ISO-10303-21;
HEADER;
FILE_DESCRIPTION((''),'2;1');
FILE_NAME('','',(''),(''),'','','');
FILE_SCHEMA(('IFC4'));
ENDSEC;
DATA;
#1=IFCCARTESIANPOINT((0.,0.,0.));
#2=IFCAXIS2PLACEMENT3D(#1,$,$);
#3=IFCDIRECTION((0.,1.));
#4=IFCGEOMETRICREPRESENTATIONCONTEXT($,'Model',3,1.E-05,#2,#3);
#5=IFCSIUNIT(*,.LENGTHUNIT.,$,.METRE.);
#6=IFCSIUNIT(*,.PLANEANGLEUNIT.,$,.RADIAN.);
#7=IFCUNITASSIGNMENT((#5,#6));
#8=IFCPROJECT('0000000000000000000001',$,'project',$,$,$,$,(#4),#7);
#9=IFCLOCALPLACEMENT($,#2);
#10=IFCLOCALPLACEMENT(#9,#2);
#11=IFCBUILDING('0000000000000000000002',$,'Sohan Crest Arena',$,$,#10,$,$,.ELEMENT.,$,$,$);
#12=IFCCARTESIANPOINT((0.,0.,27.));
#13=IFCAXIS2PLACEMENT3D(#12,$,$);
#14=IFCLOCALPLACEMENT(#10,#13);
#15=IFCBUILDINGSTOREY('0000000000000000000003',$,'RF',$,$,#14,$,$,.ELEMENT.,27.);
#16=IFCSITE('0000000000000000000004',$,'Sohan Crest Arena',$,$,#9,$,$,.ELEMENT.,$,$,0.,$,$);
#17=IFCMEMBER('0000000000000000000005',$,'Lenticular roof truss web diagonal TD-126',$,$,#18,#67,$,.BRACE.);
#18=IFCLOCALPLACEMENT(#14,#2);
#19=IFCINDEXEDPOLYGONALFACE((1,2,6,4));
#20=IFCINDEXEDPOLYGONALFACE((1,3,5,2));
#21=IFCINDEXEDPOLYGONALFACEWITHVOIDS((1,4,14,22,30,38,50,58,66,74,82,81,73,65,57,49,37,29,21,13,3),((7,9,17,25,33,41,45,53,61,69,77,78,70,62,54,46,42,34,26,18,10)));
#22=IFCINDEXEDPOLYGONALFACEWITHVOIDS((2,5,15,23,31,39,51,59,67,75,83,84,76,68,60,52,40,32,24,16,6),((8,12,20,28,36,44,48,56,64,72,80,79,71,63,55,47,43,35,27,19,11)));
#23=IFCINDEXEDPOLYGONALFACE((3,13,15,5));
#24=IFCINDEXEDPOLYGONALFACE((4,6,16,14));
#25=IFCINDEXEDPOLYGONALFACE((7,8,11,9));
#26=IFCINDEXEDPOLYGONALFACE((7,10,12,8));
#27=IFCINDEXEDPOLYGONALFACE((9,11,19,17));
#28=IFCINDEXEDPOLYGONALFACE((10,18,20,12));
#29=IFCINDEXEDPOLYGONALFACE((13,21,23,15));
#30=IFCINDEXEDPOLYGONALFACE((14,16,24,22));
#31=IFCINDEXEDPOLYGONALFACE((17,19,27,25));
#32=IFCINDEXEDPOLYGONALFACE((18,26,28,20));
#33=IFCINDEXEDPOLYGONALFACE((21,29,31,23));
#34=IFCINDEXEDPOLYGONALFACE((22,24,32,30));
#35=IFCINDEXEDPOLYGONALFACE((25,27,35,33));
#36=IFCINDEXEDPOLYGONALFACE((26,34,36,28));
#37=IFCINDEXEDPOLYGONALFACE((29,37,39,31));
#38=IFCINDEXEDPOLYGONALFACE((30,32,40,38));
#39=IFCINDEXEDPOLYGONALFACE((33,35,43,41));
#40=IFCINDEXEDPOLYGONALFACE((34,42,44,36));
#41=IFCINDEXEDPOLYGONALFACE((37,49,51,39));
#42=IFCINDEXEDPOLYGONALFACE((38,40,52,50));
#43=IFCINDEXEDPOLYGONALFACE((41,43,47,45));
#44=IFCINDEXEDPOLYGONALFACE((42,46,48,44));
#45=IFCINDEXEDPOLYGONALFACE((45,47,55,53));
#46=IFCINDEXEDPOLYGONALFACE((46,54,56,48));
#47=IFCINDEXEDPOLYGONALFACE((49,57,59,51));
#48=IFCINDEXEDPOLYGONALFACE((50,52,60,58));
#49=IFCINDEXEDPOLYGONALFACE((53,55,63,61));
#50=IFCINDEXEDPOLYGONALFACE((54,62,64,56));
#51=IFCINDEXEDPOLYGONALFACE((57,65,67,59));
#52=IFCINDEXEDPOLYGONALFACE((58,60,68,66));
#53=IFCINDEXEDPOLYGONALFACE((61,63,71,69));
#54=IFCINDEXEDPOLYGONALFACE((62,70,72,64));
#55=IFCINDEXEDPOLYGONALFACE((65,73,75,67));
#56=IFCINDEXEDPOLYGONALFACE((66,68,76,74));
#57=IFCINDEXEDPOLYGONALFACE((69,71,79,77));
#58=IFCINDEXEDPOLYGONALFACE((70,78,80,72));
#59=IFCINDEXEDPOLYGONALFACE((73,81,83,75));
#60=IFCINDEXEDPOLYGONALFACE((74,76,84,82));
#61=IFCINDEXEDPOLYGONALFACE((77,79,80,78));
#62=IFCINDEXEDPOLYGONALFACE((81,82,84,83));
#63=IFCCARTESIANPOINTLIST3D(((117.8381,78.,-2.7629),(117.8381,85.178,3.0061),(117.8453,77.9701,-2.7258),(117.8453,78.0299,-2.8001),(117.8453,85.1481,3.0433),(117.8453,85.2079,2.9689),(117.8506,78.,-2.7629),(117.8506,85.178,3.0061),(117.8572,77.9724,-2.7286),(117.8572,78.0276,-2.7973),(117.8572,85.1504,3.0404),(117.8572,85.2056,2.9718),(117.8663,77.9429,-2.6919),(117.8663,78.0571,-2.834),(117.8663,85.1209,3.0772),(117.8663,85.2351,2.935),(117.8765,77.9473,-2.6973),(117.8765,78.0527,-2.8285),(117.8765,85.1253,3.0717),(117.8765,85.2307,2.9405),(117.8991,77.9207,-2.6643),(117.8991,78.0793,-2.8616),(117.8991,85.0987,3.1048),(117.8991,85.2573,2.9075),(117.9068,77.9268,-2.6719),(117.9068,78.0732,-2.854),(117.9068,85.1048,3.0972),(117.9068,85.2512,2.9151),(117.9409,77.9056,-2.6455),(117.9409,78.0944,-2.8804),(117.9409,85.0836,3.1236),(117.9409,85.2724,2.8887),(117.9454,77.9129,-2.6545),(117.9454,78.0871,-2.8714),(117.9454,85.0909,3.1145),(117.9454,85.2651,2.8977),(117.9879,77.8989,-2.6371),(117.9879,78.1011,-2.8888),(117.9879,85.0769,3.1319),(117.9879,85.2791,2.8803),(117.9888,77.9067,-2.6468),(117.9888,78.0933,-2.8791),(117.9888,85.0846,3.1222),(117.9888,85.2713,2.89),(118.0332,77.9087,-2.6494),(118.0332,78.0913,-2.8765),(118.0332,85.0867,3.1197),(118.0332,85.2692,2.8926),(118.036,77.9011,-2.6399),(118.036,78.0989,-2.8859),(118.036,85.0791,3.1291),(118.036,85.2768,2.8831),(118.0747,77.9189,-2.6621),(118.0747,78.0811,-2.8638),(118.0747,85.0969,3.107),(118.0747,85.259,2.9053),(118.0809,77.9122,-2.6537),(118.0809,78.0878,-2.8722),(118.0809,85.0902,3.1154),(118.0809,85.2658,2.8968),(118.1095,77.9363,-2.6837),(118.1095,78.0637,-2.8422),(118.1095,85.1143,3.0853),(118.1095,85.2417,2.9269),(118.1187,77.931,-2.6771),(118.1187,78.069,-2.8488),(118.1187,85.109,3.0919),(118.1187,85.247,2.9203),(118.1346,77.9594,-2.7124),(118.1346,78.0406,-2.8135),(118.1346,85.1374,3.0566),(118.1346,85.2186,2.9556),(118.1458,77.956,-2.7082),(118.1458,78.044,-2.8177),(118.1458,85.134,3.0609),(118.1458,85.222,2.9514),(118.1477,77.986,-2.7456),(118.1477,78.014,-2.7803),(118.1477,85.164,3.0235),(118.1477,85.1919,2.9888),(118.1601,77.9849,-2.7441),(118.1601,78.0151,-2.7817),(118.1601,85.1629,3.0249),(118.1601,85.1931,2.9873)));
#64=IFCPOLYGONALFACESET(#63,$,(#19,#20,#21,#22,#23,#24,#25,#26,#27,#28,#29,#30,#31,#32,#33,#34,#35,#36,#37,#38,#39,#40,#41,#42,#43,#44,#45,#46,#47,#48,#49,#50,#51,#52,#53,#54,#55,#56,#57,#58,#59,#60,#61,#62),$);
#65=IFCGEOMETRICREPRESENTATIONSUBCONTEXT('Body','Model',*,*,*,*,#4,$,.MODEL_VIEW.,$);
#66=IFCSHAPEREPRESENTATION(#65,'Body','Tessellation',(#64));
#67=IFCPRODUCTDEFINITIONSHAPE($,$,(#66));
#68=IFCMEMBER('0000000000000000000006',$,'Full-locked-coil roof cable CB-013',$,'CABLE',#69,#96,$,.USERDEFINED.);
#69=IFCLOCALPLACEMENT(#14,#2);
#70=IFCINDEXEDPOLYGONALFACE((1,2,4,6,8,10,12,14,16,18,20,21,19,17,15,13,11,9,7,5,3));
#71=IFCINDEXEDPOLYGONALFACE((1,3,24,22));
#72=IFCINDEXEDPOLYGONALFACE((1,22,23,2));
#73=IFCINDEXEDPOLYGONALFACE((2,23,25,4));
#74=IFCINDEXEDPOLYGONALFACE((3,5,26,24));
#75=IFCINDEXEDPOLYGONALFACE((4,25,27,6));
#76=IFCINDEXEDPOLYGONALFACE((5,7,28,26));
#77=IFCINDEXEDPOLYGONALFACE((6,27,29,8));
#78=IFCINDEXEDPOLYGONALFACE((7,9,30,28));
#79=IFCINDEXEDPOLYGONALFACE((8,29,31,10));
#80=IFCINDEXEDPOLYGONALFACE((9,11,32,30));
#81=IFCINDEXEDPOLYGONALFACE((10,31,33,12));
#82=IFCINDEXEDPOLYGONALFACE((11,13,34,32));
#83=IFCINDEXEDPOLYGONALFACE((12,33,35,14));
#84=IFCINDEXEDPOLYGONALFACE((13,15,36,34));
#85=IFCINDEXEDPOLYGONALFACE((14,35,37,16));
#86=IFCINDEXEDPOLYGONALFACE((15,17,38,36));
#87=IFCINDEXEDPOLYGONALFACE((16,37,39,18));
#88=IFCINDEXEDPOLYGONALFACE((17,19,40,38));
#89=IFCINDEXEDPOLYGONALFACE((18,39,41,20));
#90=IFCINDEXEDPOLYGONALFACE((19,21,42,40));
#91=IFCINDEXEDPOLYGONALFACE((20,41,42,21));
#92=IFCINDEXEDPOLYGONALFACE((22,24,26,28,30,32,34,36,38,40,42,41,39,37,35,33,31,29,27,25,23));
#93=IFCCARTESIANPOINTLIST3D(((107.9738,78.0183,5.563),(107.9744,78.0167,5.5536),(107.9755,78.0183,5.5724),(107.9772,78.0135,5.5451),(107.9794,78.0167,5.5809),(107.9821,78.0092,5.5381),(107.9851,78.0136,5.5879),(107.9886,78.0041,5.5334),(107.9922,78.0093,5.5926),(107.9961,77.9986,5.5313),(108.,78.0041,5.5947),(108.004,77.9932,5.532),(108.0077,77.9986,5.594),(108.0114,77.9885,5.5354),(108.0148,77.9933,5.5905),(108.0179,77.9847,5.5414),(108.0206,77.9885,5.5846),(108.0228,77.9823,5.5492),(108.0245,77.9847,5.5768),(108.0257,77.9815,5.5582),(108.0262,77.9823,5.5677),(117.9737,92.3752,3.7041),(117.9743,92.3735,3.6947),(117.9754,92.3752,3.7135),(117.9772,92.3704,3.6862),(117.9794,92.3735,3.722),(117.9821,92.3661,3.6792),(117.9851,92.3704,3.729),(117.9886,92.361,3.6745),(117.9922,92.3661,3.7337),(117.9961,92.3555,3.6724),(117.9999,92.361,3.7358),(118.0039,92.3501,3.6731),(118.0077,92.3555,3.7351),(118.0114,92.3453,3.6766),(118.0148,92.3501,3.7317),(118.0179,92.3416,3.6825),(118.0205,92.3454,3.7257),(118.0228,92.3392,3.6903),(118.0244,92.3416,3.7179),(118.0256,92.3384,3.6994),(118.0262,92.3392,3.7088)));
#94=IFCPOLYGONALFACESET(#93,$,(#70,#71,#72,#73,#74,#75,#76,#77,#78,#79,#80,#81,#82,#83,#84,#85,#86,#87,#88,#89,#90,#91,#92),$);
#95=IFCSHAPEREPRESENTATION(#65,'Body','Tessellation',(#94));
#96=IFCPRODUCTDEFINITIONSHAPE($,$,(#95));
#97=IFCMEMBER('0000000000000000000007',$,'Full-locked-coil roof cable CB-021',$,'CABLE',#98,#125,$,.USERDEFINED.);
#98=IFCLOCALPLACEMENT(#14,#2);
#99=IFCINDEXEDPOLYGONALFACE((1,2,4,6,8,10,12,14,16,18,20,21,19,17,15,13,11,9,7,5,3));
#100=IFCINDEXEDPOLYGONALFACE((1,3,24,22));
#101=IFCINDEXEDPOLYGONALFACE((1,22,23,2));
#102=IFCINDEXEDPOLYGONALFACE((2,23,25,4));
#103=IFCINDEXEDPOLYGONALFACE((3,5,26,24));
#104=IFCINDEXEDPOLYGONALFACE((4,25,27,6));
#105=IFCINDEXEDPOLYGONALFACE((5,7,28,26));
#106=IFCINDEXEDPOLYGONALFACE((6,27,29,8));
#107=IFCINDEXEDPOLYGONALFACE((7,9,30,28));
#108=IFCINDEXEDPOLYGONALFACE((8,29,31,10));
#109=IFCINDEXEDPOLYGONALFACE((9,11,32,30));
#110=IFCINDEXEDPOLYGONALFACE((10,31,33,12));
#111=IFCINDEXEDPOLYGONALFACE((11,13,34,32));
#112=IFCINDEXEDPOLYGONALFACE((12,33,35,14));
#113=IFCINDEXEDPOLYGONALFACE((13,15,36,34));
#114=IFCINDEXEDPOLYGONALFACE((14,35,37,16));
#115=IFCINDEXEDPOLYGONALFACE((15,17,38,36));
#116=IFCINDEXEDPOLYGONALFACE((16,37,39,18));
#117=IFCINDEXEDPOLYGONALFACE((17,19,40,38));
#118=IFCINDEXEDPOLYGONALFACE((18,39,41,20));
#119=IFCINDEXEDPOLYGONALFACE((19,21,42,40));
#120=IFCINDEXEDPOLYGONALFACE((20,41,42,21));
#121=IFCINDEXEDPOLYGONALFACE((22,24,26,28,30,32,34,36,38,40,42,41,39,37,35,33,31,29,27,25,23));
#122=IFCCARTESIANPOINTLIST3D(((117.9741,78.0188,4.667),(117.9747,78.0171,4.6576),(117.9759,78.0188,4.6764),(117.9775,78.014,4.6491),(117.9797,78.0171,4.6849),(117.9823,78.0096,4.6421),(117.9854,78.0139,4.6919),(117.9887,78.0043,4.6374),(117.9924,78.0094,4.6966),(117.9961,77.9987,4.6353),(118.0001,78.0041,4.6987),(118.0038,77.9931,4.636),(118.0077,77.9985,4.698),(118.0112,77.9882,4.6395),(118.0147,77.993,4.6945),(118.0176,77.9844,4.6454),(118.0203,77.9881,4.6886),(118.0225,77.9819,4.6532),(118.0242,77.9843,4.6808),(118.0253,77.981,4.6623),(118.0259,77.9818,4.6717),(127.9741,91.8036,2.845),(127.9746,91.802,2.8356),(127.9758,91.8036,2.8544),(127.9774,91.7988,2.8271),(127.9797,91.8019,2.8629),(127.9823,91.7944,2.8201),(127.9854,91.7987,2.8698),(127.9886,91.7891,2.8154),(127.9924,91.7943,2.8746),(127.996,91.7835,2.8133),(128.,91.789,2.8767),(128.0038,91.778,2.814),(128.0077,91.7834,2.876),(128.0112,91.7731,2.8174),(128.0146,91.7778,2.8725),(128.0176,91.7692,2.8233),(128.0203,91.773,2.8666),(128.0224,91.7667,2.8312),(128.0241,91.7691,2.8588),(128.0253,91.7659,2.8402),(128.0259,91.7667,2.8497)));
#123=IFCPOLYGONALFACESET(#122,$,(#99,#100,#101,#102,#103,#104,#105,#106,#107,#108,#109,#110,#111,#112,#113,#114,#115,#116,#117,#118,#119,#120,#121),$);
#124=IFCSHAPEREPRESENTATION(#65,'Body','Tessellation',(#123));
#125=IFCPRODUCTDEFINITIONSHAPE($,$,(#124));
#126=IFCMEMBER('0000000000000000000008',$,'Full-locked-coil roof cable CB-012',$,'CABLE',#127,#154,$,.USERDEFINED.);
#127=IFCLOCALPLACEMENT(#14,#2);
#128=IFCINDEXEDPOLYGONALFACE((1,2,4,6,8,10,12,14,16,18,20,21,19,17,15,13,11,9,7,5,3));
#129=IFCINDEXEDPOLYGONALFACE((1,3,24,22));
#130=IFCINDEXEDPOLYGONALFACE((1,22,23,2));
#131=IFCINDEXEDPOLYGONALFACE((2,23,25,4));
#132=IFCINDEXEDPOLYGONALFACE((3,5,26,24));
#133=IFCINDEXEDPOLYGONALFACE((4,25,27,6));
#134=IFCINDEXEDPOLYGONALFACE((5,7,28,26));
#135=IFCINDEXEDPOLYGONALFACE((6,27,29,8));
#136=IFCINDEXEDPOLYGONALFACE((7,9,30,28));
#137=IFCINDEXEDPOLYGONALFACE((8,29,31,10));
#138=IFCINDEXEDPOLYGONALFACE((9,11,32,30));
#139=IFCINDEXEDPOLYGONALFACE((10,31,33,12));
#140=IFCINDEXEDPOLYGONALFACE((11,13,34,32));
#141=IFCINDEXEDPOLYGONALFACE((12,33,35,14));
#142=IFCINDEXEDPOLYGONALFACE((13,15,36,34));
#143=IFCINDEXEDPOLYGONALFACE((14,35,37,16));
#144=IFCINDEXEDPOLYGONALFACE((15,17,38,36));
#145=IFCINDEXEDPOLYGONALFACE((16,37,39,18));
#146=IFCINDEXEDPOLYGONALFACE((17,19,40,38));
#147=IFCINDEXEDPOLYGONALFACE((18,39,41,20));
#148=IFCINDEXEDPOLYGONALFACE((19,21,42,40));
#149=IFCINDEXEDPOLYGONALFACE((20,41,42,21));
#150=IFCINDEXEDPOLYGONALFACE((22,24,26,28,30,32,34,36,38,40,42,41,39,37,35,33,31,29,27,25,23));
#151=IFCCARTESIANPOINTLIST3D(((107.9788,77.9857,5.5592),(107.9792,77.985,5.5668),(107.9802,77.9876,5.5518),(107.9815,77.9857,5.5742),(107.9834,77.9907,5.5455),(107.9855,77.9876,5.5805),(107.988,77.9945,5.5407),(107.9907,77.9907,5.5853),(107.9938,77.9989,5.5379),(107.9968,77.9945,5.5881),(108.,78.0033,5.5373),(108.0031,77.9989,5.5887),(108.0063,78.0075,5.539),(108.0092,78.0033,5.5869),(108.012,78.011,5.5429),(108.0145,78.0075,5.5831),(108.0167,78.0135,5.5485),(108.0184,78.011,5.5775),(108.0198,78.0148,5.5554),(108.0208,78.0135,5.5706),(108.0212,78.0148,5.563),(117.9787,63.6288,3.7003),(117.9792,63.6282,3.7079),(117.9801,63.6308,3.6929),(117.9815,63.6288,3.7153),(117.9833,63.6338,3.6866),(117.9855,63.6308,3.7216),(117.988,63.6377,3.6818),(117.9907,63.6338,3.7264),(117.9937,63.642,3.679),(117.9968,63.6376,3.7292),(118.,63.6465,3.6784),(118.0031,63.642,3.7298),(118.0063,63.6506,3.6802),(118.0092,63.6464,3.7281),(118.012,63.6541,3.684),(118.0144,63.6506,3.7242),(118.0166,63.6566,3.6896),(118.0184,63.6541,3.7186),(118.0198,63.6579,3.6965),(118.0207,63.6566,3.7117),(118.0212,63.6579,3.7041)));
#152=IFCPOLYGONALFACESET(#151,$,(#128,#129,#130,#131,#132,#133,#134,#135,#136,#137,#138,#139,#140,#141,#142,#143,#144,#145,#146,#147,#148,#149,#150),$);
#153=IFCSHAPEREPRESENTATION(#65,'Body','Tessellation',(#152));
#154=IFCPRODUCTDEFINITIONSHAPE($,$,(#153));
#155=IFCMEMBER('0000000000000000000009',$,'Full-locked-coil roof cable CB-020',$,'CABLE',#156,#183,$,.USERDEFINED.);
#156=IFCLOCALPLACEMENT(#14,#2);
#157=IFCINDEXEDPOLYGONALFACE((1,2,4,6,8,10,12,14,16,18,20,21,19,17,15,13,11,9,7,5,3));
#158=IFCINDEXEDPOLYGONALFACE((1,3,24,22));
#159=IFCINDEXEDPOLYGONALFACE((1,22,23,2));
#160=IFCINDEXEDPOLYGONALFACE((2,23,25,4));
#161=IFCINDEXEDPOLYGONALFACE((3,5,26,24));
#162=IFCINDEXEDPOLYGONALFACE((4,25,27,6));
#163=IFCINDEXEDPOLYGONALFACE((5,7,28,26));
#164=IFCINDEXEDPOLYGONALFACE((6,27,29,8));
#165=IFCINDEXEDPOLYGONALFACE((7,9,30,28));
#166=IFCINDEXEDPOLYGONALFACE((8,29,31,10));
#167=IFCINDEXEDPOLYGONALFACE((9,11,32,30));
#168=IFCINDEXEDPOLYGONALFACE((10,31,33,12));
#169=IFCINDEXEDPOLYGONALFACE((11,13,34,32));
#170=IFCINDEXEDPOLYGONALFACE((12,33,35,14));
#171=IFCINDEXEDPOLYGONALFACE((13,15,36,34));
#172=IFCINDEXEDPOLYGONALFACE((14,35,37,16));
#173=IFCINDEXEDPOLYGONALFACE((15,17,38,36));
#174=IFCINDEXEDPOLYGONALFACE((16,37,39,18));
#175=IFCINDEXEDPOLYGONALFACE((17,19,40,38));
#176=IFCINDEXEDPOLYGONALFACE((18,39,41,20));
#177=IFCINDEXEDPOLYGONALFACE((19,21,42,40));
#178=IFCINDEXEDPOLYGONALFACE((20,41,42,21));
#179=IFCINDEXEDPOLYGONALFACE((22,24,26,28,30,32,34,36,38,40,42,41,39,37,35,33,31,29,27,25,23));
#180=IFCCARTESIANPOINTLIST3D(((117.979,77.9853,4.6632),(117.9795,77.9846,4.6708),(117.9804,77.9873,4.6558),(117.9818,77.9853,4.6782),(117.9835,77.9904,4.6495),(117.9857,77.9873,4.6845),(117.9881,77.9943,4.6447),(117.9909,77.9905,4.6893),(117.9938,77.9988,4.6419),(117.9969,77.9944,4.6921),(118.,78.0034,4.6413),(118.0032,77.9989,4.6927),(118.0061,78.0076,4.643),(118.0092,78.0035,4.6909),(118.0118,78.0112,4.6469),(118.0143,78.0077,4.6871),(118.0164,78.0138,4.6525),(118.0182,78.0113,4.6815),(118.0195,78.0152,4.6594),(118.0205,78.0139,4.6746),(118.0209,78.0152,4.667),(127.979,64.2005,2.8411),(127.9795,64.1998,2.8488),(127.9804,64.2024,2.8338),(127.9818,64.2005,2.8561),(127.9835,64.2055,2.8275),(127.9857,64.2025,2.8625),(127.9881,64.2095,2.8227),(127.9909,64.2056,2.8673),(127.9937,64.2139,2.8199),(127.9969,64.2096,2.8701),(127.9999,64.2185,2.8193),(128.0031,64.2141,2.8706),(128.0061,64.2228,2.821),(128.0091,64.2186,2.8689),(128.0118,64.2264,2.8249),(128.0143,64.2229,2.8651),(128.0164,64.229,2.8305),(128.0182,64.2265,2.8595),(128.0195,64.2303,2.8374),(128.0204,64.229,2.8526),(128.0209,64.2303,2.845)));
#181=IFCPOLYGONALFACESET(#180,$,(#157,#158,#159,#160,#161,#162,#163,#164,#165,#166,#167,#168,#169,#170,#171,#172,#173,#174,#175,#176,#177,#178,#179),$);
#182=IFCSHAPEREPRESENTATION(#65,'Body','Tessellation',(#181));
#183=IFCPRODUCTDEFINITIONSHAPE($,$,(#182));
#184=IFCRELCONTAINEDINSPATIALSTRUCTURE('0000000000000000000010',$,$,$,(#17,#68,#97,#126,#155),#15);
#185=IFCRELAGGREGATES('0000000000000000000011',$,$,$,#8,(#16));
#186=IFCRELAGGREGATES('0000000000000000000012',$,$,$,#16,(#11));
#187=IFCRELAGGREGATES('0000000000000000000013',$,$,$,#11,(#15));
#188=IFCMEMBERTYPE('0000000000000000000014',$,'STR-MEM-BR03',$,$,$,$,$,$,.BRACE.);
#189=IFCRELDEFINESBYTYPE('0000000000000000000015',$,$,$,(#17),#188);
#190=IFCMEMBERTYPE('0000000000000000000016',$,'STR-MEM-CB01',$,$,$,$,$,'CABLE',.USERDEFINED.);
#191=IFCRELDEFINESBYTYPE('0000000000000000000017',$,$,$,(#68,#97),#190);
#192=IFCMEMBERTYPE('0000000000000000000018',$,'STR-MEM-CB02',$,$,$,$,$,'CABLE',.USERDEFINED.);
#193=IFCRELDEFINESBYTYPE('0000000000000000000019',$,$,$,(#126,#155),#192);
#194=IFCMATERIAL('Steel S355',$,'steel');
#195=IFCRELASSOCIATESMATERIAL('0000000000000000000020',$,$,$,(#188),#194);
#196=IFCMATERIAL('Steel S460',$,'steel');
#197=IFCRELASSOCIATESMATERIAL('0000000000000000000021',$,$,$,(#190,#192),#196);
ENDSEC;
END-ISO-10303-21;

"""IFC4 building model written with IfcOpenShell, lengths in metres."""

from ifc_helpers import new_model, si_unit, direction, frame, origin, origin_2d, place, context, subcontext, project, spatial, circle, hollow_circle, extrude, material, material_profile, profile_set, type_object, element, save


model = new_model("IFC4")

# Units and contexts
model_context = context("Model", 3, precision=1e-05, world=origin(), true_north=direction((0.0, 1.0)))
body_context = subcontext(model_context, "Body", "Model", "MODEL_VIEW")
ifc_project = project(units=[si_unit("LENGTHUNIT", "METRE"), si_unit("PLANEANGLEUNIT", "RADIAN")], contexts=[model_context])

# Site, building, storey
site_placement = place(None, origin())
site = spatial("IfcSite", under=ifc_project, at=site_placement, Name="Sohan Crest Arena", CompositionType="ELEMENT", RefElevation=0.0)
building_placement = place(site_placement, origin())
building = spatial("IfcBuilding", under=site, at=building_placement, Name="Sohan Crest Arena", CompositionType="ELEMENT")
storey_placement = place(building_placement, frame((0.0, 0.0, 27.0)))
storey = spatial("IfcBuildingStorey", under=building, at=storey_placement, Name="RF", CompositionType="ELEMENT", Elevation=27.0)

# Shared definitions
ifc_material_1 = material(Name="Steel S355", Category="steel")

# Members
ifc_material_profile_1 = material_profile(ifc_material_1, hollow_circle(Radius=0.1619, WallThickness=0.0125, at=origin_2d()), Name="CHS 323.9x12.5")
ifc_profile_set_1 = profile_set([ifc_material_profile_1], Name="Steel S355")
member_type_1 = type_object("IfcMemberType", Name="STR-MEM-BR03", PredefinedType="BRACE", material=ifc_profile_set_1)
for number, where, z_axis, x_axis, name in (
    (1, (118.0, 78.0, -2.7629), (0.0, 0.779455, 0.626459), (-1.0, 0.0, 0.0), "Lenticular roof truss web diagonal TD-126"),
):
    element("IfcMember", number, at=place(storey_placement, frame(where, z_axis=z_axis, x_axis=x_axis)), inside=storey, type_object=member_type_1, Name=name, PredefinedType="BRACE", context=body_context, shape_type="SweptSolid", body=[
        extrude(hollow_circle(Radius=0.1619, WallThickness=0.0125, at=origin_2d()), origin(), (0.0, 0.0, 1.0), 9.209),
    ])
ifc_material_2 = material(Name="Steel S460", Category="steel")
ifc_material_profile_2 = material_profile(ifc_material_2, circle(Radius=0.032, at=origin_2d()), Name="FLC D64")
ifc_profile_set_2 = profile_set([ifc_material_profile_2], Name="Steel S460")
member_type_2 = type_object("IfcMemberType", Name="STR-MEM-CB01", ElementType="CABLE", PredefinedType="USERDEFINED", material=ifc_profile_set_2)
member_1_placement = place(storey_placement, frame((108.0, 78.0, 5.563), z_axis=(0.56835, 0.815976, -0.10565), x_axis=(-0.820568, 0.571548, 0.0)))
element("IfcMember", 2, at=member_1_placement, inside=storey, type_object=member_type_2, Name="Full-locked-coil roof cable CB-013", ObjectType="CABLE", PredefinedType="USERDEFINED", context=body_context, shape_type="SweptSolid", body=[
    extrude(circle(Radius=0.032, at=origin_2d()), origin(), (0.0, 0.0, 1.0), 17.5947),
])
member_2_placement = place(storey_placement, frame((118.0, 78.0, 4.667), z_axis=(0.583864, 0.804851, -0.106381), x_axis=(-0.809445, 0.587196, 0.0)))
element("IfcMember", 3, at=member_2_placement, inside=storey, type_object=member_type_2, Name="Full-locked-coil roof cable CB-021", ObjectType="CABLE", PredefinedType="USERDEFINED", context=body_context, shape_type="SweptSolid", body=[
    extrude(circle(Radius=0.032, at=origin_2d()), origin(), (0.0, 0.0, 1.0), 17.1272),
])
ifc_material_profile_3 = material_profile(ifc_material_2, circle(Radius=0.0259, at=origin_2d()), Name="FLC D52")
ifc_profile_set_3 = profile_set([ifc_material_profile_3], Name="Steel S460")
member_type_3 = type_object("IfcMemberType", Name="STR-MEM-CB02", ElementType="CABLE", PredefinedType="USERDEFINED", material=ifc_profile_set_3)
member_3_placement = place(storey_placement, frame((108.0, 78.0, 5.563), z_axis=(0.56835, -0.815976, -0.10565), x_axis=(0.820568, 0.571548, 0.0)))
element("IfcMember", 4, at=member_3_placement, inside=storey, type_object=member_type_3, Name="Full-locked-coil roof cable CB-012", ObjectType="CABLE", PredefinedType="USERDEFINED", context=body_context, shape_type="SweptSolid", body=[
    extrude(circle(Radius=0.0259, at=origin_2d()), origin(), (0.0, 0.0, 1.0), 17.5947),
])
member_4_placement = place(storey_placement, frame((118.0, 78.0, 4.667), z_axis=(0.583864, -0.804851, -0.106381), x_axis=(0.809445, 0.587196, 0.0)))
element("IfcMember", 5, at=member_4_placement, inside=storey, type_object=member_type_3, Name="Full-locked-coil roof cable CB-020", ObjectType="CABLE", PredefinedType="USERDEFINED", context=body_context, shape_type="SweptSolid", body=[
    extrude(circle(Radius=0.0259, at=origin_2d()), origin(), (0.0, 0.0, 1.0), 17.1272),
])

save(model, "model.ifc")
